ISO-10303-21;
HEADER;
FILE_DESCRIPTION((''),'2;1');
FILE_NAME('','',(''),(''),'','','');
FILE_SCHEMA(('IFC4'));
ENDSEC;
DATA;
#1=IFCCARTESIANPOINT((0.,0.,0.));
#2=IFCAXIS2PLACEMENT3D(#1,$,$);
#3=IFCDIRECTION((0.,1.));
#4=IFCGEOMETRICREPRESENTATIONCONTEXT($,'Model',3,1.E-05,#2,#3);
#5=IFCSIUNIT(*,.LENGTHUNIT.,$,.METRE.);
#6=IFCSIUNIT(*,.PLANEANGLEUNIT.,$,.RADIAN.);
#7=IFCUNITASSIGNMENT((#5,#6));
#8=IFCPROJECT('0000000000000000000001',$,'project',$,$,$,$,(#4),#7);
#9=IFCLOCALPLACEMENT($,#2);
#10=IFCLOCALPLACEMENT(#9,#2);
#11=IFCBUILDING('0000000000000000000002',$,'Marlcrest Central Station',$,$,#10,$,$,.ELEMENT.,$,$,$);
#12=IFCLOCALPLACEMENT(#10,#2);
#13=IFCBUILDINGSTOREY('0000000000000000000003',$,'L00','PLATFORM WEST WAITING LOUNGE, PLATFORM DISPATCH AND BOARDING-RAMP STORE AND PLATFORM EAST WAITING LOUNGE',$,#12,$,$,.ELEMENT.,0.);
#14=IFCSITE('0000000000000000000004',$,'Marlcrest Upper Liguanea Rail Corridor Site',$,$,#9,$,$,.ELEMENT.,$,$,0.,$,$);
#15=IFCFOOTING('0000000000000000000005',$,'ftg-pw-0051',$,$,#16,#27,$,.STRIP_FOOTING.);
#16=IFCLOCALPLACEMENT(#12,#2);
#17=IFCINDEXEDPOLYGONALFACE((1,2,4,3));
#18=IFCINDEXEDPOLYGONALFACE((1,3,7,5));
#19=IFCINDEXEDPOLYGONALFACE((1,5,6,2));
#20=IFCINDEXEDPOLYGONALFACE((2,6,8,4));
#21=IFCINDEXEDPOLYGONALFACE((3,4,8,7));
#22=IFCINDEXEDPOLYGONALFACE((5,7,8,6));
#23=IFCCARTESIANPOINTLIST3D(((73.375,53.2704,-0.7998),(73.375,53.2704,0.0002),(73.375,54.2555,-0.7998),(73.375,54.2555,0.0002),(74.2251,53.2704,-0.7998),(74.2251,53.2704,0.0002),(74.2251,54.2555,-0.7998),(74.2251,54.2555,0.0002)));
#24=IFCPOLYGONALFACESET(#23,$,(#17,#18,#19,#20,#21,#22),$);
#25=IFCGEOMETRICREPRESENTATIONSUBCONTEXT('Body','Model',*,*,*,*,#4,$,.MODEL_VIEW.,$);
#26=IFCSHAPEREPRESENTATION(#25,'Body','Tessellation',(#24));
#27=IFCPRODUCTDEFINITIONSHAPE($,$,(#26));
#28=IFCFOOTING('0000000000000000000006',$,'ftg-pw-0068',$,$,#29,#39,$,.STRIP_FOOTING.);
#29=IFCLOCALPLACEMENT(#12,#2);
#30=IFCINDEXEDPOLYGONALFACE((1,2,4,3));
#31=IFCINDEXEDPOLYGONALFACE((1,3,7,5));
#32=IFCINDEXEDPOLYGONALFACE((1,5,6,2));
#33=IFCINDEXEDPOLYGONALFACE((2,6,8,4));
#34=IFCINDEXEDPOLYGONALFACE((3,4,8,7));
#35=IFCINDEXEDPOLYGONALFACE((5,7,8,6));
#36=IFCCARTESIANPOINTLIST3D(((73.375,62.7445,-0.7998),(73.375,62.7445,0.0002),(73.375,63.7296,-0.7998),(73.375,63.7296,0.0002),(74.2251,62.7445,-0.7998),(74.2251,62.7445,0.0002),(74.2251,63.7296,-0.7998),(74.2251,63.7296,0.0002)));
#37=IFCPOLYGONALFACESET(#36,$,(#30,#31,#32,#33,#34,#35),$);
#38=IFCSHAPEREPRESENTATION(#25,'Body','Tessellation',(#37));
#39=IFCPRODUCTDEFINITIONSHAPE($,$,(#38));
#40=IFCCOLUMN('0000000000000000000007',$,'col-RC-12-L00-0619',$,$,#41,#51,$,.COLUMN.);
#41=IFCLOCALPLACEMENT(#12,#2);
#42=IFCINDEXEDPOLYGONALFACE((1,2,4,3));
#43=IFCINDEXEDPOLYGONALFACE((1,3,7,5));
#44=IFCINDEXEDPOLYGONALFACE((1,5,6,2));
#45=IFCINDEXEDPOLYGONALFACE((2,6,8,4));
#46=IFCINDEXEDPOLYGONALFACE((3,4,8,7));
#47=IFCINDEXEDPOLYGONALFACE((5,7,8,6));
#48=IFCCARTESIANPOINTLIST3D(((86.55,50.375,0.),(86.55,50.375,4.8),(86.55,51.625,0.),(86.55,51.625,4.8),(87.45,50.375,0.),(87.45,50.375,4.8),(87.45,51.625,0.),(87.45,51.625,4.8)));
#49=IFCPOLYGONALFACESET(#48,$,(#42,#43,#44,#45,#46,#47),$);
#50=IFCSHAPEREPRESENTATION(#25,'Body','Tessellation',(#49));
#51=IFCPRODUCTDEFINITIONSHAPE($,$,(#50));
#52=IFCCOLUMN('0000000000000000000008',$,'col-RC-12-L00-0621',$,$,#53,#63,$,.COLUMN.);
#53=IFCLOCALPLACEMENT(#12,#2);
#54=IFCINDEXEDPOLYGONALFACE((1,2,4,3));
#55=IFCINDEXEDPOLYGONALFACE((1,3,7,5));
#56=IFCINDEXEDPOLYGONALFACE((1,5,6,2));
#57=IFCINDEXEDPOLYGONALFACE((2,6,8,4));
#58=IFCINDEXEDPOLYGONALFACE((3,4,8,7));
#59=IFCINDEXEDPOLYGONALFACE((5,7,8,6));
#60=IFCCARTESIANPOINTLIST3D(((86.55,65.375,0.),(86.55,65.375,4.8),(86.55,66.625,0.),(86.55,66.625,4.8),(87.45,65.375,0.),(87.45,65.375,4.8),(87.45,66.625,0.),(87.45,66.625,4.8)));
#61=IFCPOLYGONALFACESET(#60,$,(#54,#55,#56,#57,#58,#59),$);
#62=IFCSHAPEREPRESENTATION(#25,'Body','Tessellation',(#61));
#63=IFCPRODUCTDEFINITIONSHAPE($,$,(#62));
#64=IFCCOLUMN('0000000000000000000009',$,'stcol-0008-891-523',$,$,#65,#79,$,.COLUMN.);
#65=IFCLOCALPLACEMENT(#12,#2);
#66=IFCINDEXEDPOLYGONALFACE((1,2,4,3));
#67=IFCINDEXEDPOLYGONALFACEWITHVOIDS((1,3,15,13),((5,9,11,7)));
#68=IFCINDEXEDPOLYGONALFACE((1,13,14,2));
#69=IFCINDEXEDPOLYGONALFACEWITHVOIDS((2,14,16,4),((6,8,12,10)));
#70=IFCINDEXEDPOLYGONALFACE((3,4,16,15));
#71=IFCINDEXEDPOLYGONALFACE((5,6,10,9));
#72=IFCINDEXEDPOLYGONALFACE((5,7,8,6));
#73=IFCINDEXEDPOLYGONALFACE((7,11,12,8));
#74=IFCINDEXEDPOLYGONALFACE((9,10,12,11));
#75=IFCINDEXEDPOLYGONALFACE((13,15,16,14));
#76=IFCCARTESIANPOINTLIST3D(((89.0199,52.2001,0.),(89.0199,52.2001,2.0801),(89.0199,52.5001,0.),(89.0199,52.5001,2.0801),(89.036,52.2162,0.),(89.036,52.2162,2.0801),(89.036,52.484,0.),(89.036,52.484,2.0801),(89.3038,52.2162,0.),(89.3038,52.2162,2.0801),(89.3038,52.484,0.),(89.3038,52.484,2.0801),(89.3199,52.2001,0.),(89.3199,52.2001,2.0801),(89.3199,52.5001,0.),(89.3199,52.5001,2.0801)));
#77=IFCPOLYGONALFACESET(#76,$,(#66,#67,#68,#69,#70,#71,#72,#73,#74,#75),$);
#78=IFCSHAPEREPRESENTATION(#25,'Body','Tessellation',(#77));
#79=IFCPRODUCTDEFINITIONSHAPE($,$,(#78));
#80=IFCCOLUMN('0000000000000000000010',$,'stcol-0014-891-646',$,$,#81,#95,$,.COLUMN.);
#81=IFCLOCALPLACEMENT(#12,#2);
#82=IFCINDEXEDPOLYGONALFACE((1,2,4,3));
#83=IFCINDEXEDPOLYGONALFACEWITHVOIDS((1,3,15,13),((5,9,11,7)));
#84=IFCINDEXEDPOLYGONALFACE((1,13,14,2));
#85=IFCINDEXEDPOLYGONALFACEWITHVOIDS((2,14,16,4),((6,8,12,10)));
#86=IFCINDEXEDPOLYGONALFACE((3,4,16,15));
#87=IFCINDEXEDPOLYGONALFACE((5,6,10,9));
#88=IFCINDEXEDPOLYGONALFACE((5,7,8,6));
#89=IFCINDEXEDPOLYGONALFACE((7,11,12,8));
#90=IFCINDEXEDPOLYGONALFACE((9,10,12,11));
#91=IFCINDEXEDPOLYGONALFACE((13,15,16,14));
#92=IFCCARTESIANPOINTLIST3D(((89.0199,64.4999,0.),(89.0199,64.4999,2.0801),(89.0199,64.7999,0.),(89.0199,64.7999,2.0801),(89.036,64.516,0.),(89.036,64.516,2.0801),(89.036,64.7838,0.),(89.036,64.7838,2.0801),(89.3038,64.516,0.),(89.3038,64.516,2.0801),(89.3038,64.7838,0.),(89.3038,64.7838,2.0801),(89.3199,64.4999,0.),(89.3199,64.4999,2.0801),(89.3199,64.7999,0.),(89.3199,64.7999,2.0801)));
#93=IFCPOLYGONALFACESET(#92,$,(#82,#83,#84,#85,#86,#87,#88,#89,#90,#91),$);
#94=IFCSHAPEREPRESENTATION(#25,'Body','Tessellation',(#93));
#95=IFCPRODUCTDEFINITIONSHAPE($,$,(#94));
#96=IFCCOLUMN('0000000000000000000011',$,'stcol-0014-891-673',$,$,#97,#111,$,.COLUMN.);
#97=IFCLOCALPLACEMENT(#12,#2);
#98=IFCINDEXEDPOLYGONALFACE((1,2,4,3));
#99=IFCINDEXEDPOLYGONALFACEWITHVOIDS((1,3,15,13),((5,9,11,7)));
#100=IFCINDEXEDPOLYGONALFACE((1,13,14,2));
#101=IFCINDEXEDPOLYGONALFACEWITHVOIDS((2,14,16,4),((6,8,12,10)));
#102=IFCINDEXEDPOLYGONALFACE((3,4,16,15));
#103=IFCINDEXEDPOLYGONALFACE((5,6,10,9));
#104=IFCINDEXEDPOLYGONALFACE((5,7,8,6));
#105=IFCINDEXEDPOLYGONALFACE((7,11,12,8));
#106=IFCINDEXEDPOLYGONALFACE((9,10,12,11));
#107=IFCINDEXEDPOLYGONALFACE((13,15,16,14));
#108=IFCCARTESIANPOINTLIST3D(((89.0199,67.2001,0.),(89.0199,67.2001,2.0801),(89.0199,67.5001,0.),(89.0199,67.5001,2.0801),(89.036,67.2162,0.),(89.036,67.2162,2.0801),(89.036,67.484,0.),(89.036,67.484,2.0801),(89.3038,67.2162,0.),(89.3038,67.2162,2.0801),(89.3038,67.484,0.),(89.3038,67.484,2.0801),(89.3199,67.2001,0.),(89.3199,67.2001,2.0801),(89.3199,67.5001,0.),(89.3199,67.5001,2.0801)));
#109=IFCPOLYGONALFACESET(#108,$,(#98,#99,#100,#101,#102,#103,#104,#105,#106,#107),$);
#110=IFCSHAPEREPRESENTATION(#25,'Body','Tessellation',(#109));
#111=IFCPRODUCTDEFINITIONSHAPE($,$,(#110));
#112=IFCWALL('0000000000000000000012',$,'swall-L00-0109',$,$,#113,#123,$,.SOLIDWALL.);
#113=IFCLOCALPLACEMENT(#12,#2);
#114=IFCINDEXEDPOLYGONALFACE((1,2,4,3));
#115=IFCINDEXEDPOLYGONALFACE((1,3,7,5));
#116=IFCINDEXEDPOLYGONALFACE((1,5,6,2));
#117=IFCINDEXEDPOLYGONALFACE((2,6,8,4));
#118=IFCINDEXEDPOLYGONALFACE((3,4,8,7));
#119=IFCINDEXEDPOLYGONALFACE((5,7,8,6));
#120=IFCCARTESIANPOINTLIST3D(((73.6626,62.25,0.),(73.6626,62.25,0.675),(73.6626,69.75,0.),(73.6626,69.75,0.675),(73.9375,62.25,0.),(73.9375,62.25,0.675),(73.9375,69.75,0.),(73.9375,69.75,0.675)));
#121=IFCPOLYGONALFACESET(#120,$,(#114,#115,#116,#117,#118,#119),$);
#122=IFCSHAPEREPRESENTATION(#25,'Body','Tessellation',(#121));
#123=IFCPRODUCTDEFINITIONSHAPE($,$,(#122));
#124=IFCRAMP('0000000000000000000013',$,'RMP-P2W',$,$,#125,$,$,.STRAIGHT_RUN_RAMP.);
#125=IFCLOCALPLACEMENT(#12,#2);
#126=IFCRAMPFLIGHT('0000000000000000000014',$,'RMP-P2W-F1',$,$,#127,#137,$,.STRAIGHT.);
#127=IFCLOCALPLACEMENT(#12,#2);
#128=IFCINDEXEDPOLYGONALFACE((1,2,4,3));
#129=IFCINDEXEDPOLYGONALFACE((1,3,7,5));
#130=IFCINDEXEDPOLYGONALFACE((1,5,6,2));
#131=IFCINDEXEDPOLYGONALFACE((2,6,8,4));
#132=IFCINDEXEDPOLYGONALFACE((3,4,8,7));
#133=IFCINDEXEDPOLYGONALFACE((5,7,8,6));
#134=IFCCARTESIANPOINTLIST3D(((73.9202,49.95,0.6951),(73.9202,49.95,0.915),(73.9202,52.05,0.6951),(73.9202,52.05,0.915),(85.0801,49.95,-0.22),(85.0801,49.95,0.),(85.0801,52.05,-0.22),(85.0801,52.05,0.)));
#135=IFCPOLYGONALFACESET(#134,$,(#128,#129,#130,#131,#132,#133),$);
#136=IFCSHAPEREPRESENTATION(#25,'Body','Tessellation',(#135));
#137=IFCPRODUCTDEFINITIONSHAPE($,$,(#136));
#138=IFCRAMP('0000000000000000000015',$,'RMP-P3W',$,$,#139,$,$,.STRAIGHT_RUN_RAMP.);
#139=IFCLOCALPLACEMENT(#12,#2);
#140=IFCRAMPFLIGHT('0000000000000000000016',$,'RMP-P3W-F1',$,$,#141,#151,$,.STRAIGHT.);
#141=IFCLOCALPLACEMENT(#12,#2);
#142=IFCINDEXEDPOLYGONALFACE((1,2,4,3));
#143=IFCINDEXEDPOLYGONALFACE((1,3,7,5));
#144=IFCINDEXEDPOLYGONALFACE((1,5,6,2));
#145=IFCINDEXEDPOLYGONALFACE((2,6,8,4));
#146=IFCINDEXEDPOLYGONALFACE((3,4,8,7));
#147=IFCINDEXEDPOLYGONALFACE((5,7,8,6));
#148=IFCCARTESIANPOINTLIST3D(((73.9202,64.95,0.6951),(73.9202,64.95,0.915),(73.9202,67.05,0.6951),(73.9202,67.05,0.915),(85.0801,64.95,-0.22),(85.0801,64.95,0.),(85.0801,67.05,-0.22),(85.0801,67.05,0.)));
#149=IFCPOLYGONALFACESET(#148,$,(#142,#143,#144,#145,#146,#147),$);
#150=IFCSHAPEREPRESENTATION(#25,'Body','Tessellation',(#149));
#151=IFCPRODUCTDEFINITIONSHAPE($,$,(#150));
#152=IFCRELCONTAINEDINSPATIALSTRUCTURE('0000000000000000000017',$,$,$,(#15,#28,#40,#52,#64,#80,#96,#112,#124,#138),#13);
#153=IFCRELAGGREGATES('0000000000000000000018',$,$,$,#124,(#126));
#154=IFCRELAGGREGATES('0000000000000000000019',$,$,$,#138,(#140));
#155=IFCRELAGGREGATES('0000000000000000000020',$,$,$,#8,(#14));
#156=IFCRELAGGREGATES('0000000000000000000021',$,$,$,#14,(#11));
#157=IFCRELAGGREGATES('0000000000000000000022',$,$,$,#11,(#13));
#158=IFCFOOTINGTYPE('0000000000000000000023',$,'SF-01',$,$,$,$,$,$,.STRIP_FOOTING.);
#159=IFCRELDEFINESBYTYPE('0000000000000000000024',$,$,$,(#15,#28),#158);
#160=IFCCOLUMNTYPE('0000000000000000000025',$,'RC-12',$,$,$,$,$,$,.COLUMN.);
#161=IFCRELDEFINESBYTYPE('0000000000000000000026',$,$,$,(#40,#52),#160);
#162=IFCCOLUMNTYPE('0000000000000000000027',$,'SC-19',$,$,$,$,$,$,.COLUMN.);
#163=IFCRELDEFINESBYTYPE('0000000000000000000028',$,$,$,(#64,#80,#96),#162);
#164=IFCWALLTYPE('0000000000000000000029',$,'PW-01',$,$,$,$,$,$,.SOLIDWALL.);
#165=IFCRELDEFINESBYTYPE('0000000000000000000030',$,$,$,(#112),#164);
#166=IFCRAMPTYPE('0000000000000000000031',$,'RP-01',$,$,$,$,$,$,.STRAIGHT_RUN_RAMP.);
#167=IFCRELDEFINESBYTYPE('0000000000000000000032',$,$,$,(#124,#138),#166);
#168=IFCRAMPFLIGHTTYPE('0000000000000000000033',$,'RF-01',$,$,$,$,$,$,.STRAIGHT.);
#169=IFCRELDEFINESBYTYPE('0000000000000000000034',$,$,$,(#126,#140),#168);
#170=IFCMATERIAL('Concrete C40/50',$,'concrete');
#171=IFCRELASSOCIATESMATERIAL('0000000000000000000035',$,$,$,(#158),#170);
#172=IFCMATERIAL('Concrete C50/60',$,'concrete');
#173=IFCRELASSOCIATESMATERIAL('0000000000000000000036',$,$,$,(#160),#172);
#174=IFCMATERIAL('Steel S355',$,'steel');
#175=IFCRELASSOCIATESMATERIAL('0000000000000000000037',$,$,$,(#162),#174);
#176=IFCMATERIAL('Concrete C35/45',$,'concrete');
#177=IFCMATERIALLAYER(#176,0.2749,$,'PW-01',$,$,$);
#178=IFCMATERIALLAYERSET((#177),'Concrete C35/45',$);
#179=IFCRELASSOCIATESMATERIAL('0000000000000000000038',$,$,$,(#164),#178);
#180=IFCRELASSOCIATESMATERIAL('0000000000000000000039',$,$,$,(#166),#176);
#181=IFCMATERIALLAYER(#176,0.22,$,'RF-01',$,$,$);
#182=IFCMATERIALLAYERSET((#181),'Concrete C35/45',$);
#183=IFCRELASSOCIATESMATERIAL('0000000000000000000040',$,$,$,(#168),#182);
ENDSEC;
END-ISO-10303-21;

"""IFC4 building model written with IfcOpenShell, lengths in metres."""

from ifc_helpers import new_model, si_unit, direction, frame, frame_2d, origin, origin_2d, place, context, subcontext, project, spatial, polyline, rectangle, hollow_rectangle, outline, extrude, material, layer, layer_set, material_profile, profile_set, type_object, element, aggregate, save


model = new_model("IFC4")

# Units and contexts
model_context = context("Model", 3, precision=1e-05, world=origin(), true_north=direction((0.0, 1.0)))
body_context = subcontext(model_context, "Body", "Model", "MODEL_VIEW")
ifc_project = project(units=[si_unit("LENGTHUNIT", "METRE"), si_unit("PLANEANGLEUNIT", "RADIAN")], contexts=[model_context])

# Site, building, storey
site_placement = place(None, origin())
site = spatial("IfcSite", under=ifc_project, at=site_placement, Name="Marlcrest Upper Liguanea Rail Corridor Site", CompositionType="ELEMENT", RefElevation=0.0)
building_placement = place(site_placement, origin())
building = spatial("IfcBuilding", under=site, at=building_placement, Name="Marlcrest Central Station", CompositionType="ELEMENT")
storey_placement = place(building_placement, origin())
storey = spatial("IfcBuildingStorey", under=building, at=storey_placement, Name="L00", Description="PLATFORM WEST WAITING LOUNGE, PLATFORM DISPATCH AND BOARDING-RAMP STORE AND PLATFORM EAST WAITING LOUNGE", CompositionType="ELEMENT", Elevation=0.0)

# Shared definitions
ifc_material_1 = material(Name="Concrete C35/45", Category="concrete")

# Footings
ifc_material_2 = material(Name="Concrete C40/50", Category="concrete")
footing_type_1 = type_object("IfcFootingType", Name="SF-01", PredefinedType="STRIP_FOOTING", material=ifc_material_2)
for number, where, z_axis, x_axis, name in (
    (1, (73.8, 53.7629, -0.7998), (0.0, 0.0, 1.0), (1.0, 0.0, 0.0), "ftg-pw-0051"),
    (2, (73.8, 63.2371, -0.7998), (0.0, 0.0, 1.0), (1.0, 0.0, 0.0), "ftg-pw-0068"),
):
    element("IfcFooting", number, at=place(storey_placement, frame(where, z_axis=z_axis, x_axis=x_axis)), inside=storey, type_object=footing_type_1, Name=name, PredefinedType="STRIP_FOOTING", context=body_context, shape_type="SweptSolid", body=[
        extrude(rectangle(XDim=0.8501, YDim=0.9851, at=origin_2d()), origin(), (0.0, 0.0, 1.0), 0.8),
    ])

# Columns
ifc_material_3 = material(Name="Concrete C50/60", Category="concrete")
ifc_material_profile_1 = material_profile(ifc_material_3, rectangle(XDim=0.8999, YDim=1.25, at=origin_2d()), Name="RC 900x1250")
ifc_profile_set_1 = profile_set([ifc_material_profile_1], Name="Concrete C50/60")
column_type_1 = type_object("IfcColumnType", Name="RC-12", PredefinedType="COLUMN", material=ifc_profile_set_1)
for number, where, z_axis, x_axis, name in (
    (3, (87.0, 51.0, 0.0), (0.0, 0.0, 1.0), (1.0, 0.0, 0.0), "col-RC-12-L00-0619"),
    (4, (87.0, 66.0, 0.0), (0.0, 0.0, 1.0), (1.0, 0.0, 0.0), "col-RC-12-L00-0621"),
):
    element("IfcColumn", number, at=place(storey_placement, frame(where, z_axis=z_axis, x_axis=x_axis)), inside=storey, type_object=column_type_1, Name=name, PredefinedType="COLUMN", context=body_context, shape_type="SweptSolid", body=[
        extrude(rectangle(XDim=0.8999, YDim=1.25, at=origin_2d()), origin(), (0.0, 0.0, 1.0), 4.8),
    ])
ifc_material_4 = material(Name="Steel S355", Category="steel")
ifc_material_profile_2 = material_profile(ifc_material_4, hollow_rectangle(XDim=0.3, YDim=0.3, WallThickness=0.0161, at=origin_2d()), Name="SHS 300x300x16")
ifc_profile_set_2 = profile_set([ifc_material_profile_2], Name="Steel S355")
column_type_2 = type_object("IfcColumnType", Name="SC-19", PredefinedType="COLUMN", material=ifc_profile_set_2)
for number, where, z_axis, x_axis, name in (
    (5, (89.1699, 52.3501, 0.0), (0.0, 0.0, 1.0), (1.0, 0.0, 0.0), "stcol-0008-891-523"),
    (6, (89.1699, 64.6499, 0.0), (0.0, 0.0, 1.0), (1.0, 0.0, 0.0), "stcol-0014-891-646"),
    (7, (89.1699, 67.3501, 0.0), (0.0, 0.0, 1.0), (1.0, 0.0, 0.0), "stcol-0014-891-673"),
):
    element("IfcColumn", number, at=place(storey_placement, frame(where, z_axis=z_axis, x_axis=x_axis)), inside=storey, type_object=column_type_2, Name=name, PredefinedType="COLUMN", context=body_context, shape_type="SweptSolid", body=[
        extrude(hollow_rectangle(XDim=0.3, YDim=0.3, WallThickness=0.0161, at=origin_2d()), origin(), (0.0, 0.0, 1.0), 2.0801),
    ])

# Wall
ifc_layer_1 = layer(ifc_material_1, 0.2749, Name="PW-01")
ifc_layer_set_1 = layer_set([ifc_layer_1], Name="Concrete C35/45")
wall_type = type_object("IfcWallType", Name="PW-01", PredefinedType="SOLIDWALL", material=ifc_layer_set_1)
wall_placement = place(storey_placement, frame((73.8, 62.25, 0.0), z_axis=(0.0, 0.0, 1.0), x_axis=(0.0, 1.0, 0.0)))
element("IfcWall", 8, at=wall_placement, inside=storey, type_object=wall_type, Name="swall-L00-0109", PredefinedType="SOLIDWALL", context=body_context, shape_type="SweptSolid", body=[
    extrude(rectangle(XDim=7.5, YDim=0.2749, at=frame_2d((3.75, 0.0))), origin(), (0.0, 0.0, 1.0), 0.675),
])

# Ramps, ramp flights
ramp_type = type_object("IfcRampType", Name="RP-01", PredefinedType="STRAIGHT_RUN_RAMP", material=ifc_material_1)
ramp_1_placement = place(storey_placement, origin())
ramp_1 = element("IfcRamp", 9, at=ramp_1_placement, inside=storey, type_object=ramp_type, Name="RMP-P2W", PredefinedType="STRAIGHT_RUN_RAMP")
ifc_layer_2 = layer(ifc_material_1, 0.22, Name="RF-01")
ifc_layer_set_2 = layer_set([ifc_layer_2], Name="Concrete C35/45")
ramp_flight_type = type_object("IfcRampFlightType", Name="RF-01", PredefinedType="STRAIGHT", material=ifc_layer_set_2)
ramp_flight_1_placement = place(storey_placement, frame((85.0801, 51.0, 0.0), z_axis=(0.0, 0.0, 1.0), x_axis=(-1.0, 0.0, 0.0)))
ramp_flight_1 = element("IfcRampFlight", 10, at=ramp_flight_1_placement, type_object=ramp_flight_type, Name="RMP-P2W-F1", PredefinedType="STRAIGHT", context=body_context, shape_type="SweptSolid", body=[
    extrude(outline(polyline([(0.0, -0.22), (0.0, 0.0), (11.1599, 0.915), (11.1599, 0.6951), (0.0, -0.22)])), frame((0.0, 1.05, 0.0), z_axis=(0.0, -1.0, 0.0), x_axis=(1.0, 0.0, 0.0)), (0.0, 0.0, 1.0), 2.1001),
])
aggregate(ramp_1, [ramp_flight_1])
ramp_2_placement = place(storey_placement, origin())
ramp_2 = element("IfcRamp", 11, at=ramp_2_placement, inside=storey, type_object=ramp_type, Name="RMP-P3W", PredefinedType="STRAIGHT_RUN_RAMP")
ramp_flight_2_placement = place(storey_placement, frame((85.0801, 66.0, 0.0), z_axis=(0.0, 0.0, 1.0), x_axis=(-1.0, 0.0, 0.0)))
ramp_flight_2 = element("IfcRampFlight", 12, at=ramp_flight_2_placement, type_object=ramp_flight_type, Name="RMP-P3W-F1", PredefinedType="STRAIGHT", context=body_context, shape_type="SweptSolid", body=[
    extrude(outline(polyline([(0.0, -0.22), (0.0, 0.0), (11.1599, 0.915), (11.1599, 0.6951), (0.0, -0.22)])), frame((0.0, 1.05, 0.0), z_axis=(0.0, -1.0, 0.0), x_axis=(1.0, 0.0, 0.0)), (0.0, 0.0, 1.0), 2.1001),
])
aggregate(ramp_2, [ramp_flight_2])

save(model, "model.ifc")
